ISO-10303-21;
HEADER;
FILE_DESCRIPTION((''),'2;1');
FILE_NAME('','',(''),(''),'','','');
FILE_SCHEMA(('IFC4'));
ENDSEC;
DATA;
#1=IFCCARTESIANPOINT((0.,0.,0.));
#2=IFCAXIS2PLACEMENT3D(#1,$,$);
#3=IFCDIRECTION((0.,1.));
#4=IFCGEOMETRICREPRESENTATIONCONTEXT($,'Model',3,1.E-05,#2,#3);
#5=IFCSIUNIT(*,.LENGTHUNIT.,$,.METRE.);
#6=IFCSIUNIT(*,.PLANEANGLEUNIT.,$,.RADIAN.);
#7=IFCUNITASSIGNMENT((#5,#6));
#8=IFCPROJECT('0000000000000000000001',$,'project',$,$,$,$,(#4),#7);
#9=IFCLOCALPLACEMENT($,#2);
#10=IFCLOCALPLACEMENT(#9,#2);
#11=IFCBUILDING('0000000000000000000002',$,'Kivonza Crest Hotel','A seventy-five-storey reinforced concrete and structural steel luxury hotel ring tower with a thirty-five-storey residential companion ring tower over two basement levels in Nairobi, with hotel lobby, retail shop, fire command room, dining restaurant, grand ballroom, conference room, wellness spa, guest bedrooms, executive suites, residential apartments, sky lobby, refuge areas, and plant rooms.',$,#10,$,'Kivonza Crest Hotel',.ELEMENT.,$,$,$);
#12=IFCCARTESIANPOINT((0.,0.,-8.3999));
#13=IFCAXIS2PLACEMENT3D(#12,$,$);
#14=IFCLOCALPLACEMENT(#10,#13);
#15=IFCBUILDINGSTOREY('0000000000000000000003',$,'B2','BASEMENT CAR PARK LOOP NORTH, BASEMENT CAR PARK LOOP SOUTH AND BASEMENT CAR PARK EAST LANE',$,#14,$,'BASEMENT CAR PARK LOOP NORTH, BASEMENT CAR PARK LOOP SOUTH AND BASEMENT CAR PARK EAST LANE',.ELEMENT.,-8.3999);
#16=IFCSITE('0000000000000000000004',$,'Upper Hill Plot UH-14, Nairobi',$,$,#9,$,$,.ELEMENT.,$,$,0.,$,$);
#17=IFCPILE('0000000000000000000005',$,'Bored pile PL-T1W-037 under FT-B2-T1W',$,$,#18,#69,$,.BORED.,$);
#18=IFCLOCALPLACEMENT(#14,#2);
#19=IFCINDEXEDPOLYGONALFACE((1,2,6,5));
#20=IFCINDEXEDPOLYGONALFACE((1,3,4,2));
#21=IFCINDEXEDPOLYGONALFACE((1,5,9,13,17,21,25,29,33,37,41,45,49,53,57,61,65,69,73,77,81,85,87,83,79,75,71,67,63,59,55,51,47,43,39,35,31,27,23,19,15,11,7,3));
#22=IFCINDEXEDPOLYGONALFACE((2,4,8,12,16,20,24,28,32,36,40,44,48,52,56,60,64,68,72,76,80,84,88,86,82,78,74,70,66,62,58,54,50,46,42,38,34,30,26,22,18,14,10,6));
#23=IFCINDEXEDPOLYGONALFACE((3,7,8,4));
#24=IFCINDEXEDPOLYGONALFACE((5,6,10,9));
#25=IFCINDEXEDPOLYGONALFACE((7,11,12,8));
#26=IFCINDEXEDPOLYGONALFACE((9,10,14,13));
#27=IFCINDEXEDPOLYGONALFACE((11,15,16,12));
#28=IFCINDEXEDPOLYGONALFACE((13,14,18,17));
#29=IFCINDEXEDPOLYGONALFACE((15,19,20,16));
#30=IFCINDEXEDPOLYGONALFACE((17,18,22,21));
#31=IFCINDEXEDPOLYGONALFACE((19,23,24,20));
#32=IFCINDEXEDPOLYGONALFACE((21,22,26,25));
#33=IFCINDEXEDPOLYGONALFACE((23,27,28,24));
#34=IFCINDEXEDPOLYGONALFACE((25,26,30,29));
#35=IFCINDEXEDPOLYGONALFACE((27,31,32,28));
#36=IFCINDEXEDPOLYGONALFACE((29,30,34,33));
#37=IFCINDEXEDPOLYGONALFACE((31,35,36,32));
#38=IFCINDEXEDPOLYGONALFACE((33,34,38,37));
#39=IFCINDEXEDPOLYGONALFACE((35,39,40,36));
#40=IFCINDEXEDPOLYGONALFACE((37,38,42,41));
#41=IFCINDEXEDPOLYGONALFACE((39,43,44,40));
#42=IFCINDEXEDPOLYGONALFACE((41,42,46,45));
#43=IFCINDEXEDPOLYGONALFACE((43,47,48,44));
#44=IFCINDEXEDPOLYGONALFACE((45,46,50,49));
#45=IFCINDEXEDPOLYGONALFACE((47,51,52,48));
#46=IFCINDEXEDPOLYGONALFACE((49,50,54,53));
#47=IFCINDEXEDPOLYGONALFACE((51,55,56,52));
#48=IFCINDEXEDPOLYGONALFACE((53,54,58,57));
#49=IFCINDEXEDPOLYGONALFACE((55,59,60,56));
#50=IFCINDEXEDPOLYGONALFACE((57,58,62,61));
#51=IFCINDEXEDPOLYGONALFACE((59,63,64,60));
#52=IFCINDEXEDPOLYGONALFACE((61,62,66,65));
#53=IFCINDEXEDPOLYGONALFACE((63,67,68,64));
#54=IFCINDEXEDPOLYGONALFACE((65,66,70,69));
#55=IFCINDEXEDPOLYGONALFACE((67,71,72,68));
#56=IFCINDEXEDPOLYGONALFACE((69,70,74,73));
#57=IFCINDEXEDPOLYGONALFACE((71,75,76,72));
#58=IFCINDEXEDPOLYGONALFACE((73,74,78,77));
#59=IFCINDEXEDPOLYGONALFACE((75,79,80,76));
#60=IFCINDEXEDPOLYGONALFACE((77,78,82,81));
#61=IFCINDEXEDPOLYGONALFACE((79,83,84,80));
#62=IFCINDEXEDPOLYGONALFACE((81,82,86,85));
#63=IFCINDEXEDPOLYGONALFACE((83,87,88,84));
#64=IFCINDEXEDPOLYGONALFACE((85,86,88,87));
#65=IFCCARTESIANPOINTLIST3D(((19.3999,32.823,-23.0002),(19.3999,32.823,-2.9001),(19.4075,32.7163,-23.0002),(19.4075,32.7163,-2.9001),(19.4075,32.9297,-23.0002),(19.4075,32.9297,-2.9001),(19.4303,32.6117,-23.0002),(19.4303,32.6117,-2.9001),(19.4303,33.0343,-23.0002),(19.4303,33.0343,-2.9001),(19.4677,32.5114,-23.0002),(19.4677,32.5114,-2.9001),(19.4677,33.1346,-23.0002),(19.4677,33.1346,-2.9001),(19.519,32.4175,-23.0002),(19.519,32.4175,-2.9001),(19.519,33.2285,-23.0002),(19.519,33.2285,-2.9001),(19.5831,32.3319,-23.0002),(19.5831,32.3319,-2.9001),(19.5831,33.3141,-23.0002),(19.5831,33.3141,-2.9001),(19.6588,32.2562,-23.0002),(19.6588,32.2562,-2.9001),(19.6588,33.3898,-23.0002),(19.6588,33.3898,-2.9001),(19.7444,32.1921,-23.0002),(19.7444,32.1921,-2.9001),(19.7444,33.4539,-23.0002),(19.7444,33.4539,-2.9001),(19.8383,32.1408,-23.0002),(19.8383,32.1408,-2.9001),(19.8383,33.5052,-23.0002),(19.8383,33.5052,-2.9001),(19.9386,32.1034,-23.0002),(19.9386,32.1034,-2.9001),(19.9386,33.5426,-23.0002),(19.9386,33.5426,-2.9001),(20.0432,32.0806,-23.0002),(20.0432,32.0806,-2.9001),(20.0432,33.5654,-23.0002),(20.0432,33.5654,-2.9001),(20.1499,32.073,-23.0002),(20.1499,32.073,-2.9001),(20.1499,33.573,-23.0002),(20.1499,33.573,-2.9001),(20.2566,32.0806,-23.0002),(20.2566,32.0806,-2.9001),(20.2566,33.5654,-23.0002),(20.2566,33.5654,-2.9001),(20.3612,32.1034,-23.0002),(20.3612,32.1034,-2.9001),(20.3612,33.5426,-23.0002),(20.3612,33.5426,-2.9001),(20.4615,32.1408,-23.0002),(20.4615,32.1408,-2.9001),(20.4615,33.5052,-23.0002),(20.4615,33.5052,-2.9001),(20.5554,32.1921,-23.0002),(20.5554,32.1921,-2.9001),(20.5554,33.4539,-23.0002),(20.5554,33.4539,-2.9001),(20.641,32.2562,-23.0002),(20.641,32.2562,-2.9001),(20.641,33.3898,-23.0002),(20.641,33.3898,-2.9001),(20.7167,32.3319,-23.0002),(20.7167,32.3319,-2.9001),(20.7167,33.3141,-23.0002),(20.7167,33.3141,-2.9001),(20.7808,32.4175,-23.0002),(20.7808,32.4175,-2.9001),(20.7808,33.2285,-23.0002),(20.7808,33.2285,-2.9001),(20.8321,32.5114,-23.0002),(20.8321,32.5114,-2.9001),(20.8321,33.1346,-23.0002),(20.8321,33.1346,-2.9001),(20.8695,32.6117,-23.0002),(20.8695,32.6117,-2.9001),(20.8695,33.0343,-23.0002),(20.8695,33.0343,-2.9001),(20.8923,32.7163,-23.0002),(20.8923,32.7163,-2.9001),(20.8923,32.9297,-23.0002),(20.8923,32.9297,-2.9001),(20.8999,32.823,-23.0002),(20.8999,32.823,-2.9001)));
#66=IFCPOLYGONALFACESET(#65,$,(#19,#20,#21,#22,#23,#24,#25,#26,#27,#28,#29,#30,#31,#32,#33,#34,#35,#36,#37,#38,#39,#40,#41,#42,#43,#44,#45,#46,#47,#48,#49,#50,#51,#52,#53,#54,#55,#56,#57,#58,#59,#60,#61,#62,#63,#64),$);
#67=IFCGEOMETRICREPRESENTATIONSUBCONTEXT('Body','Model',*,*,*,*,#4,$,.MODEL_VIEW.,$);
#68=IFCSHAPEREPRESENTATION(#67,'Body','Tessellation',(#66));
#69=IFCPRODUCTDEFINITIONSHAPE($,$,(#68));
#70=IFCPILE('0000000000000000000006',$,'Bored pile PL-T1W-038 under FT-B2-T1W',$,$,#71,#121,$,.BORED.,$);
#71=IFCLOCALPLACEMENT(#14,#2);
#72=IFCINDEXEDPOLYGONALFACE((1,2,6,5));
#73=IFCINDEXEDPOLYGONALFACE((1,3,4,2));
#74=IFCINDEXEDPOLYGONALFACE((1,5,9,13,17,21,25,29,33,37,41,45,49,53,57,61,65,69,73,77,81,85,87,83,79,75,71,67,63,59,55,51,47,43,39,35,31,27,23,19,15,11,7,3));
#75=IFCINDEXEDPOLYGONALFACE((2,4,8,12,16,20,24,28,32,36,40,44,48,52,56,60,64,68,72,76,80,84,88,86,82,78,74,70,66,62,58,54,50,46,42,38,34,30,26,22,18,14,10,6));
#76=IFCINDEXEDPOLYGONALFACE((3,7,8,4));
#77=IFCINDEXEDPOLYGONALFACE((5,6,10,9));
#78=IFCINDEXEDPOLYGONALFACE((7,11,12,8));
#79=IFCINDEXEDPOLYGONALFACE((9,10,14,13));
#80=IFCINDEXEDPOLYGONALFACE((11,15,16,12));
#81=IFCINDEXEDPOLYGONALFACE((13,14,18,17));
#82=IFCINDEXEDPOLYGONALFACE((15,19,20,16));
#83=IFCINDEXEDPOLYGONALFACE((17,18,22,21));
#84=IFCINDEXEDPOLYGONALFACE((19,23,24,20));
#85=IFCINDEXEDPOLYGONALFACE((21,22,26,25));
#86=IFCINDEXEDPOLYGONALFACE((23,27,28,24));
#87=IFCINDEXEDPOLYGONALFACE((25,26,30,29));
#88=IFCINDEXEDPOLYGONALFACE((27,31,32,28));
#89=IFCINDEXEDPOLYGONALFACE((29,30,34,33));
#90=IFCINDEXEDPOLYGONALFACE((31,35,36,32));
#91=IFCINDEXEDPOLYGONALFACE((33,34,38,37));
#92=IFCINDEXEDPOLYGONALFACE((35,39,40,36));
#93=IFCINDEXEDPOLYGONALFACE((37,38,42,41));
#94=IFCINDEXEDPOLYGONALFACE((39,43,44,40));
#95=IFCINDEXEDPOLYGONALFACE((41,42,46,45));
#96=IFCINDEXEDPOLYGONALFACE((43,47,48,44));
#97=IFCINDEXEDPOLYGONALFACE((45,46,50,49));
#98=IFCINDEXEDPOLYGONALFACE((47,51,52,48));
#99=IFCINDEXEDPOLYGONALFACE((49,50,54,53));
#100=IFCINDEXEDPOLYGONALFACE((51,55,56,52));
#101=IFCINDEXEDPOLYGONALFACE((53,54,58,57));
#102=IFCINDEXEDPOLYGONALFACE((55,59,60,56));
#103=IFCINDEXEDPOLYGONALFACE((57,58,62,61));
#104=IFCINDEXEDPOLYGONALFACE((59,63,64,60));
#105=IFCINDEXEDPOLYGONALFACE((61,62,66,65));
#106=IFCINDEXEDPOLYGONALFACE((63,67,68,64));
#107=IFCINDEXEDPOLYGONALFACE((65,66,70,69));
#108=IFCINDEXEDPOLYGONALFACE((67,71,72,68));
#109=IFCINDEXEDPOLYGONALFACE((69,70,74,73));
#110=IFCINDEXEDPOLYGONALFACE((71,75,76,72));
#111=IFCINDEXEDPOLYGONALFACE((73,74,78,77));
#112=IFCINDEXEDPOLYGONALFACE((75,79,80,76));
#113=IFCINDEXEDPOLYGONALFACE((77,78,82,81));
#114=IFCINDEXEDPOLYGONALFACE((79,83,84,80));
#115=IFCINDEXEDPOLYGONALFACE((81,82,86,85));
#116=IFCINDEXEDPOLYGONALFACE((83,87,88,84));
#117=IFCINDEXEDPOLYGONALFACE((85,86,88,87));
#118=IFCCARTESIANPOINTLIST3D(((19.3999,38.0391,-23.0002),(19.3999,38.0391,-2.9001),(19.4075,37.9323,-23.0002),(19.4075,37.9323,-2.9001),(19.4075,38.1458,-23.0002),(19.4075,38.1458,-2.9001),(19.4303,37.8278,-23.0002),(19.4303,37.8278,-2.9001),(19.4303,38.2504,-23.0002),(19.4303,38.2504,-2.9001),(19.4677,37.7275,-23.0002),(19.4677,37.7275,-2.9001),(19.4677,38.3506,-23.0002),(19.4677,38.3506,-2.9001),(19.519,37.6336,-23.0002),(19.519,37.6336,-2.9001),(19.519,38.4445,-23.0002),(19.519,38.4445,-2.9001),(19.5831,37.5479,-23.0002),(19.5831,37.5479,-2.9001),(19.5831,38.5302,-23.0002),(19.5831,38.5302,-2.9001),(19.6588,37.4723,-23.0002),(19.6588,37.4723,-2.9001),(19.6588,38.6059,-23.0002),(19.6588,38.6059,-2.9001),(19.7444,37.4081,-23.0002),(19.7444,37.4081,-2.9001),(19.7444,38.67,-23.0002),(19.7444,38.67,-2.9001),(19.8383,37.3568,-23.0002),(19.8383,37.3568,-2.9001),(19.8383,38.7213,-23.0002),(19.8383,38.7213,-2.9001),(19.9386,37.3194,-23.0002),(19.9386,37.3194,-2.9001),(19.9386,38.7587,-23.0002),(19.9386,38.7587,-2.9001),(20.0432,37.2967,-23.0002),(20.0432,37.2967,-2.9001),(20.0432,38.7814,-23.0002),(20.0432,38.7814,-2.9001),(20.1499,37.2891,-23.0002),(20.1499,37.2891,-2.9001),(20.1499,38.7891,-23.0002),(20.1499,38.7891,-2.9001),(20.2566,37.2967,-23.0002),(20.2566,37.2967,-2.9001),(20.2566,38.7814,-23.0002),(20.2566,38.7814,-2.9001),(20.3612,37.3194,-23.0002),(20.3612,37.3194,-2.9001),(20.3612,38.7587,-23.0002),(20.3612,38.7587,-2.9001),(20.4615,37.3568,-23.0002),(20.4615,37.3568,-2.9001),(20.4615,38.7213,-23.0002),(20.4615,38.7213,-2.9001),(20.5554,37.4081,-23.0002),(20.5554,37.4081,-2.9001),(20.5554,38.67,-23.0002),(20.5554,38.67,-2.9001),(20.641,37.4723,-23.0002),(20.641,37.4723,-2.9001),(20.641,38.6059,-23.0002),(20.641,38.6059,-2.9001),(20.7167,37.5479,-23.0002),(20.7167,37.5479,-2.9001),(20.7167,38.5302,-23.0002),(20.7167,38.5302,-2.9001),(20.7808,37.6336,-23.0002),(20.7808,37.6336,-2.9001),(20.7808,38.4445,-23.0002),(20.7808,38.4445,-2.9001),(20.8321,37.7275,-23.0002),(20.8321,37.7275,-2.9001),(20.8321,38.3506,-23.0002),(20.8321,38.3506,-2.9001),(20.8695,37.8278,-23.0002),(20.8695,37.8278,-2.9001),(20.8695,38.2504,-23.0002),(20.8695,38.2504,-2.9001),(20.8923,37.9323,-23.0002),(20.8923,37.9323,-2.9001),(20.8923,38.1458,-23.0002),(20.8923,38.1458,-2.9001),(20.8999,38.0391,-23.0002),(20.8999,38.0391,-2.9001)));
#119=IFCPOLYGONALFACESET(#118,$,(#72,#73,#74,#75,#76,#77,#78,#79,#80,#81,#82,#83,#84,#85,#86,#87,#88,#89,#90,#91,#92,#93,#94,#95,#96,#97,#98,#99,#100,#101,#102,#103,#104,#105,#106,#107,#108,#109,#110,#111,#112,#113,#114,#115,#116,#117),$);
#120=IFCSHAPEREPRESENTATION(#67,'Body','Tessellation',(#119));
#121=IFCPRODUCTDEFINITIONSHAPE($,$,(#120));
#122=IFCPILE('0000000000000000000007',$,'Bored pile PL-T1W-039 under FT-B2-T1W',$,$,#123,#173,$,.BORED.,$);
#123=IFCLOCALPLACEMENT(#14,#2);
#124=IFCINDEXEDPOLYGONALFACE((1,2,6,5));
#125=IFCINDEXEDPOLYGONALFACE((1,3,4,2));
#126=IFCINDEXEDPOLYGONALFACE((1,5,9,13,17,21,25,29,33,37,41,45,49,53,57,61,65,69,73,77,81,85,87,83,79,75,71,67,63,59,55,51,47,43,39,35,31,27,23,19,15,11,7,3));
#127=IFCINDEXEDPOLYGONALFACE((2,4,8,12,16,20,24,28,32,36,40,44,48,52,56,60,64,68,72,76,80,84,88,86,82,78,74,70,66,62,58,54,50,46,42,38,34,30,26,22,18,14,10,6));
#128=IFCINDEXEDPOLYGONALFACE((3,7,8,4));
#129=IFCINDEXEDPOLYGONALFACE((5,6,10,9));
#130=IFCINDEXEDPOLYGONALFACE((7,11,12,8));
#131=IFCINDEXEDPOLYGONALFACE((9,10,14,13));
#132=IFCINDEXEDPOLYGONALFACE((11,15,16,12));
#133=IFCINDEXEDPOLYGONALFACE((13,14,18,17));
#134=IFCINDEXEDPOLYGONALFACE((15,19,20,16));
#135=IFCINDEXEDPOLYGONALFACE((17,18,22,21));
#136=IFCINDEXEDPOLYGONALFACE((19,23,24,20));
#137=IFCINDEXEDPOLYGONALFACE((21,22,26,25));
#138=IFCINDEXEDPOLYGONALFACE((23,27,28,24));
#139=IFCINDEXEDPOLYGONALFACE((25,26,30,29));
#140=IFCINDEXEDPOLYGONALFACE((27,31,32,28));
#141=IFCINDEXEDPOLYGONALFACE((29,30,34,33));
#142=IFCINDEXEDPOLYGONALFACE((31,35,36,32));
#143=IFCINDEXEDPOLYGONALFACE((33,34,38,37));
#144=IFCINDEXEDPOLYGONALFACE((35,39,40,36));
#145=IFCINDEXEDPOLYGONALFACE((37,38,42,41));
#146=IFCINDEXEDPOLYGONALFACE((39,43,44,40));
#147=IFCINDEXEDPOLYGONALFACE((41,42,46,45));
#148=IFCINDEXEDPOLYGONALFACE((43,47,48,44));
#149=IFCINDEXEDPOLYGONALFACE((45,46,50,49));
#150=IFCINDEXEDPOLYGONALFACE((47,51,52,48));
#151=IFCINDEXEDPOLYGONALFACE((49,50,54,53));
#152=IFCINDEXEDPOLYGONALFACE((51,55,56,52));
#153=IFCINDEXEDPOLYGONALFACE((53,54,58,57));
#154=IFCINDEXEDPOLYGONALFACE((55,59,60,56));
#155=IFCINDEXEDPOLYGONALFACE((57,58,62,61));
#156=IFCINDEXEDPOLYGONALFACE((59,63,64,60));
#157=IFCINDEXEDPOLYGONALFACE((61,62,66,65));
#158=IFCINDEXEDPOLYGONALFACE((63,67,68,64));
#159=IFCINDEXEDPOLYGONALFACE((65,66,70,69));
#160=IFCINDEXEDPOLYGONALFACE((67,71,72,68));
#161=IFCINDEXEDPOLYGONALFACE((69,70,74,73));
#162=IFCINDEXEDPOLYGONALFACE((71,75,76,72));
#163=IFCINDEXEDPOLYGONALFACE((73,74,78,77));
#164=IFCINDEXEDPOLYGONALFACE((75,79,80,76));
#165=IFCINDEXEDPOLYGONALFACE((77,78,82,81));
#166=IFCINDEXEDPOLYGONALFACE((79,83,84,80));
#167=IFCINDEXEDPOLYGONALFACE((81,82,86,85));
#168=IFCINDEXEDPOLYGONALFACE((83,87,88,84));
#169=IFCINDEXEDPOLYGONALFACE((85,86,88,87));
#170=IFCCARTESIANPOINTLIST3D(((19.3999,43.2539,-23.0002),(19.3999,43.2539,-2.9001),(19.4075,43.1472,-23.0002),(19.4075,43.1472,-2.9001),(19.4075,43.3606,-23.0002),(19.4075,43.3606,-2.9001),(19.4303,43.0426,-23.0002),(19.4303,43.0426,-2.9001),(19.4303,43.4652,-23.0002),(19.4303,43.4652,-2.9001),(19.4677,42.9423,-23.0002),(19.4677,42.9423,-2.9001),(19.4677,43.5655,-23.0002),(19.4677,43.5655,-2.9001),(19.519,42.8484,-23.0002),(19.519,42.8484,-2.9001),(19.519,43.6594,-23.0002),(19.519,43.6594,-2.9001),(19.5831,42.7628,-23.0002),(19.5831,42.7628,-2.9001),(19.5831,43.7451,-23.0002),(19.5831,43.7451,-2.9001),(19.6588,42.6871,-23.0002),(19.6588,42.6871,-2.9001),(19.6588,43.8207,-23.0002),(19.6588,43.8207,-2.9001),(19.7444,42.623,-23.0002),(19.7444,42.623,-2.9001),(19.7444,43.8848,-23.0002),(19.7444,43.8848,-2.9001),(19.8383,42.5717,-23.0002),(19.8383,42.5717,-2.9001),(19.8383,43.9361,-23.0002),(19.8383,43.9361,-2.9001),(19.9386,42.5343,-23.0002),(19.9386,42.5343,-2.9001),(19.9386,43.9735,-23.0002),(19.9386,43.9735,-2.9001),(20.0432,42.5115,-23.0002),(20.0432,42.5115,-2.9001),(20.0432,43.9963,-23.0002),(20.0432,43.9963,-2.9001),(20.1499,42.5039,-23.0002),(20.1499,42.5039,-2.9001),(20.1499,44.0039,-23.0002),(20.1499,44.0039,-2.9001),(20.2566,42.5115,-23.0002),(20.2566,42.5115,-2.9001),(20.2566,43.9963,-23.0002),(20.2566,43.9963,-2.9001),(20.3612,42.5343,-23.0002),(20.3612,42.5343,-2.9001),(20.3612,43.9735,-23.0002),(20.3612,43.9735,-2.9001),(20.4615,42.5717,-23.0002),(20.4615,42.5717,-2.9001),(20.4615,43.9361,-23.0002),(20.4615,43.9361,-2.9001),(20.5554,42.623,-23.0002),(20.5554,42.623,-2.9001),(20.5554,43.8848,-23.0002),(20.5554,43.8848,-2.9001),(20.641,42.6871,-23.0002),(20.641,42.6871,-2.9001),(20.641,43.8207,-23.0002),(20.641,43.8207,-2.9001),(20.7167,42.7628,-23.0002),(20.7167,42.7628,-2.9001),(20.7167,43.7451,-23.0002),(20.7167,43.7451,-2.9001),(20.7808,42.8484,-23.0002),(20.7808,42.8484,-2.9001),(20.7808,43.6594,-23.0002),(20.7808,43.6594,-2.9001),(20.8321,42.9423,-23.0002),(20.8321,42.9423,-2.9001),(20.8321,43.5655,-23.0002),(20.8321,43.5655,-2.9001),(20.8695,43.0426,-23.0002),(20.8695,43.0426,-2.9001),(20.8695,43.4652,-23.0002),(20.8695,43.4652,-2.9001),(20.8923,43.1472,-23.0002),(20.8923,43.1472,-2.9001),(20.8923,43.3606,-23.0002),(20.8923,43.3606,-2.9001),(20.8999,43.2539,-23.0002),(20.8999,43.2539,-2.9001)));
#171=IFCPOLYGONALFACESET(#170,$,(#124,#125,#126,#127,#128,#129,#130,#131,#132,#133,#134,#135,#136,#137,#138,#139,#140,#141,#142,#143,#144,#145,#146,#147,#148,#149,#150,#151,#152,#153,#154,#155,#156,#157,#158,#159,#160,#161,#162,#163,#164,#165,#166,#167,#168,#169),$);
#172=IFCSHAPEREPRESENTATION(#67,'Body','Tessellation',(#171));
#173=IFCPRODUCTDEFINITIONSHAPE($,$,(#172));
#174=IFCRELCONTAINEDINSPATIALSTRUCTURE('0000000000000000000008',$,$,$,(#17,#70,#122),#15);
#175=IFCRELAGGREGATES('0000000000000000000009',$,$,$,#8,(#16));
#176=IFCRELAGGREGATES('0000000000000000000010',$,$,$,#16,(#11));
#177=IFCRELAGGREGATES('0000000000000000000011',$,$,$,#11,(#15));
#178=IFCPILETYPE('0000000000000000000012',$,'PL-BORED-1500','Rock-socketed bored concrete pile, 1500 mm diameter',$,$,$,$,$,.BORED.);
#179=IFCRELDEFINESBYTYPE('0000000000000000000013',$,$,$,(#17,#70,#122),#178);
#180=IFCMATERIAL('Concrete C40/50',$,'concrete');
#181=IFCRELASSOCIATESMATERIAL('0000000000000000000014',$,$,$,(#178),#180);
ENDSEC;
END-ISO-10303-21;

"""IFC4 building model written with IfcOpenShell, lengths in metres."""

from ifc_helpers import new_model, si_unit, direction, frame, origin, origin_2d, place, context, subcontext, project, spatial, circle, extrude, material, material_profile, profile_set, type_object, element, save


model = new_model("IFC4")

# Units and contexts
model_context = context("Model", 3, precision=1e-05, world=origin(), true_north=direction((0.0, 1.0)))
body_context = subcontext(model_context, "Body", "Model", "MODEL_VIEW")
ifc_project = project(units=[si_unit("LENGTHUNIT", "METRE"), si_unit("PLANEANGLEUNIT", "RADIAN")], contexts=[model_context])

# Site, building, storey
site_placement = place(None, origin())
site = spatial("IfcSite", under=ifc_project, at=site_placement, Name="Upper Hill Plot UH-14, Nairobi", CompositionType="ELEMENT", RefElevation=0.0)
building_placement = place(site_placement, origin())
building = spatial("IfcBuilding", under=site, at=building_placement, Name="Kivonza Crest Hotel", Description="A seventy-five-storey reinforced concrete and structural steel luxury hotel ring tower with a thirty-five-storey residential companion ring tower over two basement levels in Nairobi, with hotel lobby, retail shop, fire command room, dining restaurant, grand ballroom, conference room, wellness spa, guest bedrooms, executive suites, residential apartments, sky lobby, refuge areas, and plant rooms.", LongName="Kivonza Crest Hotel", CompositionType="ELEMENT")
storey_placement = place(building_placement, frame((0.0, 0.0, -8.3999)))
storey = spatial("IfcBuildingStorey", under=building, at=storey_placement, Name="B2", Description="BASEMENT CAR PARK LOOP NORTH, BASEMENT CAR PARK LOOP SOUTH AND BASEMENT CAR PARK EAST LANE", LongName="BASEMENT CAR PARK LOOP NORTH, BASEMENT CAR PARK LOOP SOUTH AND BASEMENT CAR PARK EAST LANE", CompositionType="ELEMENT", Elevation=-8.3999)

# Piles
ifc_material_1 = material(Name="Concrete C40/50", Category="concrete")
ifc_material_profile_1 = material_profile(ifc_material_1, circle(Radius=0.75, at=origin_2d()), Name="PILE D1500")
ifc_profile_set_1 = profile_set([ifc_material_profile_1], Name="Concrete C40/50")
pile_type = type_object("IfcPileType", Name="PL-BORED-1500", Description="Rock-socketed bored concrete pile, 1500 mm diameter", PredefinedType="BORED", material=ifc_profile_set_1)
for number, where, z_axis, x_axis, name in (
    (1, (20.1499, 32.823, -2.9001), (0.0, 0.0, -1.0), (1.0, 0.0, 0.0), "Bored pile PL-T1W-037 under FT-B2-T1W"),
    (2, (20.1499, 38.0391, -2.9001), (0.0, 0.0, -1.0), (1.0, 0.0, 0.0), "Bored pile PL-T1W-038 under FT-B2-T1W"),
    (3, (20.1499, 43.2539, -2.9001), (0.0, 0.0, -1.0), (1.0, 0.0, 0.0), "Bored pile PL-T1W-039 under FT-B2-T1W"),
):
    element("IfcPile", number, at=place(storey_placement, frame(where, z_axis=z_axis, x_axis=x_axis)), inside=storey, type_object=pile_type, Name=name, PredefinedType="BORED", context=body_context, shape_type="SweptSolid", body=[
        extrude(circle(Radius=0.75, at=origin_2d()), origin(), (0.0, 0.0, 1.0), 20.1001),
    ])

save(model, "model.ifc")
